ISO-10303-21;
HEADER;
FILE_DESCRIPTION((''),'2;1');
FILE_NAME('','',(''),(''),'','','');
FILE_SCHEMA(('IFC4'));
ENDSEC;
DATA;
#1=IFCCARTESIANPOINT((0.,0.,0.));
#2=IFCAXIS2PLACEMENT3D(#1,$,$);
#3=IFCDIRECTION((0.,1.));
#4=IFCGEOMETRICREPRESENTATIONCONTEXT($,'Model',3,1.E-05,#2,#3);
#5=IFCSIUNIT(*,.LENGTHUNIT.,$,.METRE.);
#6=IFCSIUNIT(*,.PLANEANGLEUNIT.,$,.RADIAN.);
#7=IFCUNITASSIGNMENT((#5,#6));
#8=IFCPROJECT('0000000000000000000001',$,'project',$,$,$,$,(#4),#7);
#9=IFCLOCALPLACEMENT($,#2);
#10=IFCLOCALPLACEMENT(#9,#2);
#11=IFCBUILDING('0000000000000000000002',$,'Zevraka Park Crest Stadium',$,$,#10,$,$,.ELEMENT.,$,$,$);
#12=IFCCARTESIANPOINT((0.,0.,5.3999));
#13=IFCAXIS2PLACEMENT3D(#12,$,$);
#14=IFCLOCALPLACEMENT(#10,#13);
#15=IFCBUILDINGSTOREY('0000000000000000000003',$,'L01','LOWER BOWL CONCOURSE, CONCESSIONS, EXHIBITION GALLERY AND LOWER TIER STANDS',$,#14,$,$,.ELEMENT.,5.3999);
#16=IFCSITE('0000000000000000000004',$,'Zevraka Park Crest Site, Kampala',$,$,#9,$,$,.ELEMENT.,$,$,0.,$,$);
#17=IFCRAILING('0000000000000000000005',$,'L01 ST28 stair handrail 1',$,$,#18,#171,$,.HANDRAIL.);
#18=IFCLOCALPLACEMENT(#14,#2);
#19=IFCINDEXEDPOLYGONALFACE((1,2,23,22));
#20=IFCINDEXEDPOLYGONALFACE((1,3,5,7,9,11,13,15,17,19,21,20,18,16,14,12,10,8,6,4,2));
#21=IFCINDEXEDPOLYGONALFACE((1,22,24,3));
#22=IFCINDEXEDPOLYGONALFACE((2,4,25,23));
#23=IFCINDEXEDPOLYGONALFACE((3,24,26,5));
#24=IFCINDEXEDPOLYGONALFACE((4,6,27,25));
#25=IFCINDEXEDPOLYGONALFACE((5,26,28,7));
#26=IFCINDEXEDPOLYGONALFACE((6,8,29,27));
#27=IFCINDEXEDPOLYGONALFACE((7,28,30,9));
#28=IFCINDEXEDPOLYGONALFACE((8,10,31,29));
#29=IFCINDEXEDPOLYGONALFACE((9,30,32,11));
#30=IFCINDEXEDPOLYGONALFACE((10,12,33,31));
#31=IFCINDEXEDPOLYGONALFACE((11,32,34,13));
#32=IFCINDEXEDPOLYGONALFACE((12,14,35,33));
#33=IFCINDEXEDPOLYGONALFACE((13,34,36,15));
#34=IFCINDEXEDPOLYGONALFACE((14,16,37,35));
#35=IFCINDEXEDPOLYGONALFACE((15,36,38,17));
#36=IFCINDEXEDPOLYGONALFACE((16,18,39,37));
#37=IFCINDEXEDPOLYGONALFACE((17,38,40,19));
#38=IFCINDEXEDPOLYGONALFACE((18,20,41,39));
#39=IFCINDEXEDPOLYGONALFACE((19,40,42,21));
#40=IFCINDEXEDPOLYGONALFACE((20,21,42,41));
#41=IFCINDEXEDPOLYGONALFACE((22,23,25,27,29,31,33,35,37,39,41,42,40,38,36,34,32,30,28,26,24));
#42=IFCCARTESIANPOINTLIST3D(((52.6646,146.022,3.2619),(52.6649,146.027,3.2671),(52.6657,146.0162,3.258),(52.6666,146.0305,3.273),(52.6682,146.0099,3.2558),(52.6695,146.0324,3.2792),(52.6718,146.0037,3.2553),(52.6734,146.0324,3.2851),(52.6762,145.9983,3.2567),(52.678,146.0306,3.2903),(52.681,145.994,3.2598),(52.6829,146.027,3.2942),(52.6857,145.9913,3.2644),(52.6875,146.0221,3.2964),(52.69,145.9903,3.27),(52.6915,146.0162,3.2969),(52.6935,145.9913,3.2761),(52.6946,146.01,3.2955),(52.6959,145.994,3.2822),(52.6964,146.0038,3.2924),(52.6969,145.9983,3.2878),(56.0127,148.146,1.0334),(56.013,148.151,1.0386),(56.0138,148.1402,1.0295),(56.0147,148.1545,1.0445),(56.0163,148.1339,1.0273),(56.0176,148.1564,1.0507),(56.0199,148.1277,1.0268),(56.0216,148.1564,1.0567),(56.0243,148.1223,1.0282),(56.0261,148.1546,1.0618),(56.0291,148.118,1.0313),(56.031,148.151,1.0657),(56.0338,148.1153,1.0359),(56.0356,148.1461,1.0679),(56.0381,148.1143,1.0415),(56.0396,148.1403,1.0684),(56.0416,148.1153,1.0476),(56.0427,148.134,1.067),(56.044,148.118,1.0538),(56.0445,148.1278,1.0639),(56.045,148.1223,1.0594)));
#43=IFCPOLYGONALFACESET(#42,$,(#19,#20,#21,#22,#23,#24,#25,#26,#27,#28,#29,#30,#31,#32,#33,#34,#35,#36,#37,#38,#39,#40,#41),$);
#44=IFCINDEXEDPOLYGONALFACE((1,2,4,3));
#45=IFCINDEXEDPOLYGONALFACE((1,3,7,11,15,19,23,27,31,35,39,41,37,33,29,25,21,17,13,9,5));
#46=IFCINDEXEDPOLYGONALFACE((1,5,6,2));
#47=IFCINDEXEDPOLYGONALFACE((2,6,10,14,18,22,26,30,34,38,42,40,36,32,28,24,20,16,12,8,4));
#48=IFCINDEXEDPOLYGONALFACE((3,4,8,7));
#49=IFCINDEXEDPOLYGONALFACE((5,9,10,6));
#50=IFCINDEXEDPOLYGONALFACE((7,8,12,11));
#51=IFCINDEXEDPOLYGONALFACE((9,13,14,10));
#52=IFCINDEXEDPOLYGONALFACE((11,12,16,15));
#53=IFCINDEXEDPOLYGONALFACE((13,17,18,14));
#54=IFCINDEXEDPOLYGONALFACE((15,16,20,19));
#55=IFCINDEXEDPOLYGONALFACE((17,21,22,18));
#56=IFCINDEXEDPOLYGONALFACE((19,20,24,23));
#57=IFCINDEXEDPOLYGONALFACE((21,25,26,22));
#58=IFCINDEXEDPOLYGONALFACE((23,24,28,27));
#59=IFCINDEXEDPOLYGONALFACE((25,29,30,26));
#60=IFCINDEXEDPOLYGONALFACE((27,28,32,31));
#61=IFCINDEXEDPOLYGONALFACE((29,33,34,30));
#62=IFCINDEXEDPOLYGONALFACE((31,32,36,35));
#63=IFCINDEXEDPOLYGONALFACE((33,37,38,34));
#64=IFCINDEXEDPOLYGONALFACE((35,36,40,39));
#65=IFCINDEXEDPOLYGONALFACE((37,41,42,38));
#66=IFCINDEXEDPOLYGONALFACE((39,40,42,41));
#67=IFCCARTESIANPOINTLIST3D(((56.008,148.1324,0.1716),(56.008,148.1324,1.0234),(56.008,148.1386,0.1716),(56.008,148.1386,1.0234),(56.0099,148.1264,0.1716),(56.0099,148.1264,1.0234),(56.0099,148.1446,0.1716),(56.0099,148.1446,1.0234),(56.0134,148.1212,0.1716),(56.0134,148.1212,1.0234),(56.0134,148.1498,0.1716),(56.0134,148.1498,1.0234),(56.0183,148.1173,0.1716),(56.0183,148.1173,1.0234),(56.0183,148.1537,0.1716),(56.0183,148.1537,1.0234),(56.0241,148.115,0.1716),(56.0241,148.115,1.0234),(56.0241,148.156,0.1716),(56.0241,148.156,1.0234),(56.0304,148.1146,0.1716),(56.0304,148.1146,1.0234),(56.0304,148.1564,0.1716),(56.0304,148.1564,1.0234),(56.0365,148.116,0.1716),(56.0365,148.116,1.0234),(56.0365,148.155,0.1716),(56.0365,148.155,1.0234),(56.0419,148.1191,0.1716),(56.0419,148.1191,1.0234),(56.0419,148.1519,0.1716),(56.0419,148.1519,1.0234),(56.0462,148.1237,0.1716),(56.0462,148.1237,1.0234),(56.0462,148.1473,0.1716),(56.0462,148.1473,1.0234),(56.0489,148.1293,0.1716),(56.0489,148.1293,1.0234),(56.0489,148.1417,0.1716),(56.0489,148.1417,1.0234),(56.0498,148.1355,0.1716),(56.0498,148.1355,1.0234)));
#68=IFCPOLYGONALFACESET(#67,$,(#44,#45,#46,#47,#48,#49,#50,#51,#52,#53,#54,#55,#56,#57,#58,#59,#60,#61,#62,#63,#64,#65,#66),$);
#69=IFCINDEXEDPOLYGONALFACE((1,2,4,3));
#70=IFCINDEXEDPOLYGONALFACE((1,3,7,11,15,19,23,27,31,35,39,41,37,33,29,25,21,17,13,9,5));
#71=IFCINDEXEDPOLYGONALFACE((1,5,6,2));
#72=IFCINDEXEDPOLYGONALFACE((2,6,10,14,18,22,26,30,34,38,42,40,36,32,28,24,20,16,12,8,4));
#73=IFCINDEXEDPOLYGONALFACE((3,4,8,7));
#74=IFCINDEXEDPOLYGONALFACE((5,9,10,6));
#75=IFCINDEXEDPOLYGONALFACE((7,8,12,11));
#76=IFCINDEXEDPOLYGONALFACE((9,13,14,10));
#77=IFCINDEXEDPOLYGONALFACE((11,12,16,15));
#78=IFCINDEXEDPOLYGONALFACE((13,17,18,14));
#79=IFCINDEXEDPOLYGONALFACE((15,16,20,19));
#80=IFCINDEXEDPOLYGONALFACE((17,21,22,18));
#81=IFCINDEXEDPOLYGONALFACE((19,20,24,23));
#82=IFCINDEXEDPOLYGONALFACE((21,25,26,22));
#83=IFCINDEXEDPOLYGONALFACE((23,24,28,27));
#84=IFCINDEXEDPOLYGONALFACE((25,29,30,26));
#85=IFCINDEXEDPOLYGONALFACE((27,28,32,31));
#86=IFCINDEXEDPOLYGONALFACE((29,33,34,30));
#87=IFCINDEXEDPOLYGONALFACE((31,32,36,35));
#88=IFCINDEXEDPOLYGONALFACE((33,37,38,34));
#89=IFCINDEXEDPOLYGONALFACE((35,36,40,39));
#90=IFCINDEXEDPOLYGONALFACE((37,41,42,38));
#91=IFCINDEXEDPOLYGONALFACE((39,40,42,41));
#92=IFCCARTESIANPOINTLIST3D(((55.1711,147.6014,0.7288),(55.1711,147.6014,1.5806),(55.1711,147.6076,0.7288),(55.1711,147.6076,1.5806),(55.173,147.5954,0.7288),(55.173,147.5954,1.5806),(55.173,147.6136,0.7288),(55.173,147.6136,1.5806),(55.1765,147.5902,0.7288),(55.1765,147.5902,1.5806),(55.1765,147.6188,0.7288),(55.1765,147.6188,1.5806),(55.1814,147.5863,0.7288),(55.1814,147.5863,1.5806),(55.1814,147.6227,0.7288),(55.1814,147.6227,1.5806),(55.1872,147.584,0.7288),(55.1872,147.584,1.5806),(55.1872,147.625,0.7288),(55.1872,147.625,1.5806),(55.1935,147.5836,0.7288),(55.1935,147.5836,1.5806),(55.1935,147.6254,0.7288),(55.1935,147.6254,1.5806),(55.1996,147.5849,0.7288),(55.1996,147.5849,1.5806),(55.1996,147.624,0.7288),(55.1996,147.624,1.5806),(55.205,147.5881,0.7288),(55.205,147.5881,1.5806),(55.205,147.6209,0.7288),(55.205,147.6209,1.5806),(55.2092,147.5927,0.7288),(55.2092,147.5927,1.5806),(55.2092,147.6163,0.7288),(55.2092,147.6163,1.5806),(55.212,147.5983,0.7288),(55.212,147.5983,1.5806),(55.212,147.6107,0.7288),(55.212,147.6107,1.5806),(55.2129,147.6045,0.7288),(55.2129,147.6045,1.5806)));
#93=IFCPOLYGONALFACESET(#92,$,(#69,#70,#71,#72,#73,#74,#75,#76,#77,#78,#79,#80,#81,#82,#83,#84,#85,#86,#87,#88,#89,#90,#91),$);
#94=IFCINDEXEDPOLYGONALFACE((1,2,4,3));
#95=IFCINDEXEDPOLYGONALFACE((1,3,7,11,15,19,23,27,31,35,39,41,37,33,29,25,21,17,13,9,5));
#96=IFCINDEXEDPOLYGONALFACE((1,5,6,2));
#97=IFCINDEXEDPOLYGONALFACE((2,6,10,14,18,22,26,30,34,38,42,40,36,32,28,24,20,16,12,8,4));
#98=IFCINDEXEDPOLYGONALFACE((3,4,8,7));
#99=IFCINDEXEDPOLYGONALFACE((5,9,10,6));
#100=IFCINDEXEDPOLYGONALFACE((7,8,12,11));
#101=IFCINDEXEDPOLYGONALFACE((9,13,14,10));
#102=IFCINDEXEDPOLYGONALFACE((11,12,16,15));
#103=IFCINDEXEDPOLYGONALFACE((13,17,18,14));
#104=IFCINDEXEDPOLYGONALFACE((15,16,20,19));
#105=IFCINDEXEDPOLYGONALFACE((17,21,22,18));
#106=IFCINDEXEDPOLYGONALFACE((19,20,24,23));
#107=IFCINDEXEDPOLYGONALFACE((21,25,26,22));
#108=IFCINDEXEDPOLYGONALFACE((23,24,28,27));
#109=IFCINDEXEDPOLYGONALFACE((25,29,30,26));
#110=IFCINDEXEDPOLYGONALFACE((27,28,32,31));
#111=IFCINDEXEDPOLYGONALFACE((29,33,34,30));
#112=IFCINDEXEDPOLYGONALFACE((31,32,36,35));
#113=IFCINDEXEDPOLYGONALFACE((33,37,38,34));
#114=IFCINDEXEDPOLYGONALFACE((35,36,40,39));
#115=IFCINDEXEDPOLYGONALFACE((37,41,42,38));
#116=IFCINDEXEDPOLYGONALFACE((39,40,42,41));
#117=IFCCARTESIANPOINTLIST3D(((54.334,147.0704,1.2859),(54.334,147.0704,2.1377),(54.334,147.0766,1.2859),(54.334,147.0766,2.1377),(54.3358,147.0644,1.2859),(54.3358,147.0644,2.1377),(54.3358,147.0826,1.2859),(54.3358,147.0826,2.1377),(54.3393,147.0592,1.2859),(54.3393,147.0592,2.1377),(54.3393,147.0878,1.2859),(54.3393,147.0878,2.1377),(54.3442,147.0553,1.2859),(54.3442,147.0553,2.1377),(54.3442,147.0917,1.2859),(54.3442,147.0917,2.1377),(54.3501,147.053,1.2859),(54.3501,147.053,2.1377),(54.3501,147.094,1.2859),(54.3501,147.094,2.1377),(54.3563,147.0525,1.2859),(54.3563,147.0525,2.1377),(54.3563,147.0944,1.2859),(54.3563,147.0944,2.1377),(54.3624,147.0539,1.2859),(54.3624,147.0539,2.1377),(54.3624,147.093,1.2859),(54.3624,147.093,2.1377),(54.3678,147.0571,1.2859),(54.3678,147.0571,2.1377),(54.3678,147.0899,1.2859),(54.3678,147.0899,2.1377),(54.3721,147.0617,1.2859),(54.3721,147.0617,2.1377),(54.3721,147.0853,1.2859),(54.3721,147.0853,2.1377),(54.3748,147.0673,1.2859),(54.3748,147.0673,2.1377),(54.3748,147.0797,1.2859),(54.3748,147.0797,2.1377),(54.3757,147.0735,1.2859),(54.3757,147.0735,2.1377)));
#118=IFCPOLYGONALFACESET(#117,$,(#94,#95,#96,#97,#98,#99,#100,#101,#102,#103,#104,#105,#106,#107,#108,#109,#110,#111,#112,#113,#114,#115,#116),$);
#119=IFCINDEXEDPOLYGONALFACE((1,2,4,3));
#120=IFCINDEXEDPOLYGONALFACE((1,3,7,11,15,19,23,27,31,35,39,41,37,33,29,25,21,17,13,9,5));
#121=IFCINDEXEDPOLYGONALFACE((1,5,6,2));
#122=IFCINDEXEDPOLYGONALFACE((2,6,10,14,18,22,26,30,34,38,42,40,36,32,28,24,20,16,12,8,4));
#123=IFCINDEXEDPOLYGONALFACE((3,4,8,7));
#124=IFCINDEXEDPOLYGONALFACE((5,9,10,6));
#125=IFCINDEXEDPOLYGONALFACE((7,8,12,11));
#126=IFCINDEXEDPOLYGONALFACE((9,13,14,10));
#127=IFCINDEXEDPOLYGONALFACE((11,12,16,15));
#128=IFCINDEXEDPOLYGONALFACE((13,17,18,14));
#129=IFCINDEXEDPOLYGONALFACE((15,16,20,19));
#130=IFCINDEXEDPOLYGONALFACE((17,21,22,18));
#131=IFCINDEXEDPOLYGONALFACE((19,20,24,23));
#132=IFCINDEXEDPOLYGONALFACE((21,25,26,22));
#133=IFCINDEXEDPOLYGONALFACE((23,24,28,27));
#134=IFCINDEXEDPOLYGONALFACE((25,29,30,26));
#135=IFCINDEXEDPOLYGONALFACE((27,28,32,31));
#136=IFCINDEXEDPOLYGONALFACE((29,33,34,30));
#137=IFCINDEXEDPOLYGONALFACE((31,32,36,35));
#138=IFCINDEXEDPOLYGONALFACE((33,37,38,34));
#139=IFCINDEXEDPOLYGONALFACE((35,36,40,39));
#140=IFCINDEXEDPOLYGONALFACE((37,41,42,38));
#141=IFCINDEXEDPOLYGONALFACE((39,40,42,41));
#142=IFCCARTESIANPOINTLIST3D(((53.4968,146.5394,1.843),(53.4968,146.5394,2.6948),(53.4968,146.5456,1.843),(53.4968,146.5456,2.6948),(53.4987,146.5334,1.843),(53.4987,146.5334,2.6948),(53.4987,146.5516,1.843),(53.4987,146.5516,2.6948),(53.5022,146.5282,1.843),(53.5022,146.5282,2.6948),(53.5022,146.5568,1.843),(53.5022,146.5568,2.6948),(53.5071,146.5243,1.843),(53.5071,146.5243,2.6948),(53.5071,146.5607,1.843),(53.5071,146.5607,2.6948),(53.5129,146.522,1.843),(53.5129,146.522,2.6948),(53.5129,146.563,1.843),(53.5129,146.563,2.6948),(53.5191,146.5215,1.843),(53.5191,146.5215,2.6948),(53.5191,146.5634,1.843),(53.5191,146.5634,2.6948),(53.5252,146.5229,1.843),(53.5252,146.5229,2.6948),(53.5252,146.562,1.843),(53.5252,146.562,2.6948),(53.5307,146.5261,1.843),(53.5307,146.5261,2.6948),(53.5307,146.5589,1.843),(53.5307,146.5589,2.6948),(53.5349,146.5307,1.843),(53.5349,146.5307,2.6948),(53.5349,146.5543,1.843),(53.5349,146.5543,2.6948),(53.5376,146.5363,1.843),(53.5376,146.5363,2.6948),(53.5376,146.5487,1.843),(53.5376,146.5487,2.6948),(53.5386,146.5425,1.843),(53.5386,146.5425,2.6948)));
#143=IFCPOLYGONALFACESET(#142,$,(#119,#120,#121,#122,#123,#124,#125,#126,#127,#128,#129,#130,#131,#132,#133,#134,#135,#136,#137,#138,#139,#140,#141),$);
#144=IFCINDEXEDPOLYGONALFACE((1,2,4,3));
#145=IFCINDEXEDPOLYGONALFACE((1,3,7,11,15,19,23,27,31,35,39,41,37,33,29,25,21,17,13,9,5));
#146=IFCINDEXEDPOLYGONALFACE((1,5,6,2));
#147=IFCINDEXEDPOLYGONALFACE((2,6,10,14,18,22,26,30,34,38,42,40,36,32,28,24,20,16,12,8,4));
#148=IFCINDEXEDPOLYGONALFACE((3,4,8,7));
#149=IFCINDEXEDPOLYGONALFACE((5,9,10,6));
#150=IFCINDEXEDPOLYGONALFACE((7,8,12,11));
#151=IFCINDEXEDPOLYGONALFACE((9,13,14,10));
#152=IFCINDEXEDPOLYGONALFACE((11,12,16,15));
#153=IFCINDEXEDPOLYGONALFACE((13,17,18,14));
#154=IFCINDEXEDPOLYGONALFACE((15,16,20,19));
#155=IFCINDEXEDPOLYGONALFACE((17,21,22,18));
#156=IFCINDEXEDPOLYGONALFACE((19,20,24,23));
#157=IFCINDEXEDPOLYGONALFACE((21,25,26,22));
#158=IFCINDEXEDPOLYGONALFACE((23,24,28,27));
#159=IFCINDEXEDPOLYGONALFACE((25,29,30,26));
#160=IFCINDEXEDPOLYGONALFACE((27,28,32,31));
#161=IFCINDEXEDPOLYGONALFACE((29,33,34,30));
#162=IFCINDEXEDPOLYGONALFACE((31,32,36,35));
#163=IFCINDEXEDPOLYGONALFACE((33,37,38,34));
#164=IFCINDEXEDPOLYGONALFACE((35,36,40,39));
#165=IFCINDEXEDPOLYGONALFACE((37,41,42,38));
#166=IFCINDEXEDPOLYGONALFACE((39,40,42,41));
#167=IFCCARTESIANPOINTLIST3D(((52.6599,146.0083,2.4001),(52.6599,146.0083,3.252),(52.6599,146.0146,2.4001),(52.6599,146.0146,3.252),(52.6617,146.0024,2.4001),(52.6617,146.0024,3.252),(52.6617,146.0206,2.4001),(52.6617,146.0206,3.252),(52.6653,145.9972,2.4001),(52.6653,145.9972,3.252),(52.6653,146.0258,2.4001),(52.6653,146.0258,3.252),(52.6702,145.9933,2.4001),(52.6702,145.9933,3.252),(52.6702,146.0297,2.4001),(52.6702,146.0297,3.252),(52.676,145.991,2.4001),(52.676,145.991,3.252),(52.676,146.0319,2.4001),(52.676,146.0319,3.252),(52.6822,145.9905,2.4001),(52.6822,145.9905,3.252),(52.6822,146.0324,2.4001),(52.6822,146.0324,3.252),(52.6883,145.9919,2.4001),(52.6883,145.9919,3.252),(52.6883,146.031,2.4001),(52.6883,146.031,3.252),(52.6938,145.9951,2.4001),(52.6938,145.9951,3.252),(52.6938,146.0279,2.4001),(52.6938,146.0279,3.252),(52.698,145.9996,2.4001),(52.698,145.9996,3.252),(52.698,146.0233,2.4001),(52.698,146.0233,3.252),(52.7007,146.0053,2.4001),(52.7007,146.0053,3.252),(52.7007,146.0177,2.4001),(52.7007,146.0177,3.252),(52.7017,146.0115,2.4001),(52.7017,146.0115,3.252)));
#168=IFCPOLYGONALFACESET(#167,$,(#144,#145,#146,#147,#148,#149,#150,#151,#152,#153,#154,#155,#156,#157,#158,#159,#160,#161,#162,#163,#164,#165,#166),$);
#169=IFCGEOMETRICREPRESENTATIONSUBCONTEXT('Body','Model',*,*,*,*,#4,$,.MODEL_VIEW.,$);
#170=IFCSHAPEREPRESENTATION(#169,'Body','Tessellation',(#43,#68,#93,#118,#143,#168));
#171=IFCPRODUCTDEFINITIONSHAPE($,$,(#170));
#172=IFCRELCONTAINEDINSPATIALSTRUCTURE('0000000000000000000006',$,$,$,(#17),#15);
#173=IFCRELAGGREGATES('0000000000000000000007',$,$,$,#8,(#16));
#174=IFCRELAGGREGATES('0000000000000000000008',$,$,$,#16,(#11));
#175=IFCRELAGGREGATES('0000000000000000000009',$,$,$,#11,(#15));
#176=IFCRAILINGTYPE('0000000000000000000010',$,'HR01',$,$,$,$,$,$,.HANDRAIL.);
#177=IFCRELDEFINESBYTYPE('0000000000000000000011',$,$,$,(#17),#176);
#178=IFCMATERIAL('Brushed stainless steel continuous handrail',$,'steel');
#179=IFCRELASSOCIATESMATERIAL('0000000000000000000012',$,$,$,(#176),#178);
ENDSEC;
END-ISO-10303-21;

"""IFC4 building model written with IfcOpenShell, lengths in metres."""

from ifc_helpers import new_model, si_unit, direction, frame, origin, origin_2d, place, context, subcontext, project, spatial, circle, extrude, material, type_object, element, save


model = new_model("IFC4")

# Units and contexts
model_context = context("Model", 3, precision=1e-05, world=origin(), true_north=direction((0.0, 1.0)))
body_context = subcontext(model_context, "Body", "Model", "MODEL_VIEW")
ifc_project = project(units=[si_unit("LENGTHUNIT", "METRE"), si_unit("PLANEANGLEUNIT", "RADIAN")], contexts=[model_context])

# Site, building, storey
site_placement = place(None, origin())
site = spatial("IfcSite", under=ifc_project, at=site_placement, Name="Zevraka Park Crest Site, Kampala", CompositionType="ELEMENT", RefElevation=0.0)
building_placement = place(site_placement, origin())
building = spatial("IfcBuilding", under=site, at=building_placement, Name="Zevraka Park Crest Stadium", CompositionType="ELEMENT")
storey_placement = place(building_placement, frame((0.0, 0.0, 5.3999)))
storey = spatial("IfcBuildingStorey", under=building, at=storey_placement, Name="L01", Description="LOWER BOWL CONCOURSE, CONCESSIONS, EXHIBITION GALLERY AND LOWER TIER STANDS", CompositionType="ELEMENT", Elevation=5.3999)

# Railing
ifc_material_1 = material(Name="Brushed stainless steel continuous handrail", Category="steel")
railing_type_1 = type_object("IfcRailingType", Name="HR01", PredefinedType="HANDRAIL", material=ifc_material_1)
railing_1_placement = place(storey_placement, frame((56.0288, 148.1355, 0.1716)))
element("IfcRailing", 1, at=railing_1_placement, inside=storey, type_object=railing_type_1, Name="L01 ST28 stair handrail 1", PredefinedType="HANDRAIL", context=body_context, shape_type="SweptSolid", body=[
    extrude(circle(Radius=0.0239, at=origin_2d()), frame((0.0, 0.0, 0.876), z_axis=(-0.736117, -0.466984, 0.489957), x_axis=(0.535688, -0.844416, 0.0)), (0.0, 0.0, 1.0), 4.5483),
    extrude(circle(Radius=0.021, at=origin_2d()), origin(), (0.0, 0.0, 1.0), 0.8518),
    extrude(circle(Radius=0.021, at=origin_2d()), frame((-0.8369, -0.531, 0.5571)), (0.0, 0.0, 1.0), 0.8518),
    extrude(circle(Radius=0.021, at=origin_2d()), frame((-1.6741, -1.062, 1.1143)), (0.0, 0.0, 1.0), 0.8518),
    extrude(circle(Radius=0.021, at=origin_2d()), frame((-2.5112, -1.593, 1.6714)), (0.0, 0.0, 1.0), 0.8518),
    extrude(circle(Radius=0.021, at=origin_2d()), frame((-3.3481, -2.124, 2.2285)), (0.0, 0.0, 1.0), 0.8518),
])

save(model, "model.ifc")
